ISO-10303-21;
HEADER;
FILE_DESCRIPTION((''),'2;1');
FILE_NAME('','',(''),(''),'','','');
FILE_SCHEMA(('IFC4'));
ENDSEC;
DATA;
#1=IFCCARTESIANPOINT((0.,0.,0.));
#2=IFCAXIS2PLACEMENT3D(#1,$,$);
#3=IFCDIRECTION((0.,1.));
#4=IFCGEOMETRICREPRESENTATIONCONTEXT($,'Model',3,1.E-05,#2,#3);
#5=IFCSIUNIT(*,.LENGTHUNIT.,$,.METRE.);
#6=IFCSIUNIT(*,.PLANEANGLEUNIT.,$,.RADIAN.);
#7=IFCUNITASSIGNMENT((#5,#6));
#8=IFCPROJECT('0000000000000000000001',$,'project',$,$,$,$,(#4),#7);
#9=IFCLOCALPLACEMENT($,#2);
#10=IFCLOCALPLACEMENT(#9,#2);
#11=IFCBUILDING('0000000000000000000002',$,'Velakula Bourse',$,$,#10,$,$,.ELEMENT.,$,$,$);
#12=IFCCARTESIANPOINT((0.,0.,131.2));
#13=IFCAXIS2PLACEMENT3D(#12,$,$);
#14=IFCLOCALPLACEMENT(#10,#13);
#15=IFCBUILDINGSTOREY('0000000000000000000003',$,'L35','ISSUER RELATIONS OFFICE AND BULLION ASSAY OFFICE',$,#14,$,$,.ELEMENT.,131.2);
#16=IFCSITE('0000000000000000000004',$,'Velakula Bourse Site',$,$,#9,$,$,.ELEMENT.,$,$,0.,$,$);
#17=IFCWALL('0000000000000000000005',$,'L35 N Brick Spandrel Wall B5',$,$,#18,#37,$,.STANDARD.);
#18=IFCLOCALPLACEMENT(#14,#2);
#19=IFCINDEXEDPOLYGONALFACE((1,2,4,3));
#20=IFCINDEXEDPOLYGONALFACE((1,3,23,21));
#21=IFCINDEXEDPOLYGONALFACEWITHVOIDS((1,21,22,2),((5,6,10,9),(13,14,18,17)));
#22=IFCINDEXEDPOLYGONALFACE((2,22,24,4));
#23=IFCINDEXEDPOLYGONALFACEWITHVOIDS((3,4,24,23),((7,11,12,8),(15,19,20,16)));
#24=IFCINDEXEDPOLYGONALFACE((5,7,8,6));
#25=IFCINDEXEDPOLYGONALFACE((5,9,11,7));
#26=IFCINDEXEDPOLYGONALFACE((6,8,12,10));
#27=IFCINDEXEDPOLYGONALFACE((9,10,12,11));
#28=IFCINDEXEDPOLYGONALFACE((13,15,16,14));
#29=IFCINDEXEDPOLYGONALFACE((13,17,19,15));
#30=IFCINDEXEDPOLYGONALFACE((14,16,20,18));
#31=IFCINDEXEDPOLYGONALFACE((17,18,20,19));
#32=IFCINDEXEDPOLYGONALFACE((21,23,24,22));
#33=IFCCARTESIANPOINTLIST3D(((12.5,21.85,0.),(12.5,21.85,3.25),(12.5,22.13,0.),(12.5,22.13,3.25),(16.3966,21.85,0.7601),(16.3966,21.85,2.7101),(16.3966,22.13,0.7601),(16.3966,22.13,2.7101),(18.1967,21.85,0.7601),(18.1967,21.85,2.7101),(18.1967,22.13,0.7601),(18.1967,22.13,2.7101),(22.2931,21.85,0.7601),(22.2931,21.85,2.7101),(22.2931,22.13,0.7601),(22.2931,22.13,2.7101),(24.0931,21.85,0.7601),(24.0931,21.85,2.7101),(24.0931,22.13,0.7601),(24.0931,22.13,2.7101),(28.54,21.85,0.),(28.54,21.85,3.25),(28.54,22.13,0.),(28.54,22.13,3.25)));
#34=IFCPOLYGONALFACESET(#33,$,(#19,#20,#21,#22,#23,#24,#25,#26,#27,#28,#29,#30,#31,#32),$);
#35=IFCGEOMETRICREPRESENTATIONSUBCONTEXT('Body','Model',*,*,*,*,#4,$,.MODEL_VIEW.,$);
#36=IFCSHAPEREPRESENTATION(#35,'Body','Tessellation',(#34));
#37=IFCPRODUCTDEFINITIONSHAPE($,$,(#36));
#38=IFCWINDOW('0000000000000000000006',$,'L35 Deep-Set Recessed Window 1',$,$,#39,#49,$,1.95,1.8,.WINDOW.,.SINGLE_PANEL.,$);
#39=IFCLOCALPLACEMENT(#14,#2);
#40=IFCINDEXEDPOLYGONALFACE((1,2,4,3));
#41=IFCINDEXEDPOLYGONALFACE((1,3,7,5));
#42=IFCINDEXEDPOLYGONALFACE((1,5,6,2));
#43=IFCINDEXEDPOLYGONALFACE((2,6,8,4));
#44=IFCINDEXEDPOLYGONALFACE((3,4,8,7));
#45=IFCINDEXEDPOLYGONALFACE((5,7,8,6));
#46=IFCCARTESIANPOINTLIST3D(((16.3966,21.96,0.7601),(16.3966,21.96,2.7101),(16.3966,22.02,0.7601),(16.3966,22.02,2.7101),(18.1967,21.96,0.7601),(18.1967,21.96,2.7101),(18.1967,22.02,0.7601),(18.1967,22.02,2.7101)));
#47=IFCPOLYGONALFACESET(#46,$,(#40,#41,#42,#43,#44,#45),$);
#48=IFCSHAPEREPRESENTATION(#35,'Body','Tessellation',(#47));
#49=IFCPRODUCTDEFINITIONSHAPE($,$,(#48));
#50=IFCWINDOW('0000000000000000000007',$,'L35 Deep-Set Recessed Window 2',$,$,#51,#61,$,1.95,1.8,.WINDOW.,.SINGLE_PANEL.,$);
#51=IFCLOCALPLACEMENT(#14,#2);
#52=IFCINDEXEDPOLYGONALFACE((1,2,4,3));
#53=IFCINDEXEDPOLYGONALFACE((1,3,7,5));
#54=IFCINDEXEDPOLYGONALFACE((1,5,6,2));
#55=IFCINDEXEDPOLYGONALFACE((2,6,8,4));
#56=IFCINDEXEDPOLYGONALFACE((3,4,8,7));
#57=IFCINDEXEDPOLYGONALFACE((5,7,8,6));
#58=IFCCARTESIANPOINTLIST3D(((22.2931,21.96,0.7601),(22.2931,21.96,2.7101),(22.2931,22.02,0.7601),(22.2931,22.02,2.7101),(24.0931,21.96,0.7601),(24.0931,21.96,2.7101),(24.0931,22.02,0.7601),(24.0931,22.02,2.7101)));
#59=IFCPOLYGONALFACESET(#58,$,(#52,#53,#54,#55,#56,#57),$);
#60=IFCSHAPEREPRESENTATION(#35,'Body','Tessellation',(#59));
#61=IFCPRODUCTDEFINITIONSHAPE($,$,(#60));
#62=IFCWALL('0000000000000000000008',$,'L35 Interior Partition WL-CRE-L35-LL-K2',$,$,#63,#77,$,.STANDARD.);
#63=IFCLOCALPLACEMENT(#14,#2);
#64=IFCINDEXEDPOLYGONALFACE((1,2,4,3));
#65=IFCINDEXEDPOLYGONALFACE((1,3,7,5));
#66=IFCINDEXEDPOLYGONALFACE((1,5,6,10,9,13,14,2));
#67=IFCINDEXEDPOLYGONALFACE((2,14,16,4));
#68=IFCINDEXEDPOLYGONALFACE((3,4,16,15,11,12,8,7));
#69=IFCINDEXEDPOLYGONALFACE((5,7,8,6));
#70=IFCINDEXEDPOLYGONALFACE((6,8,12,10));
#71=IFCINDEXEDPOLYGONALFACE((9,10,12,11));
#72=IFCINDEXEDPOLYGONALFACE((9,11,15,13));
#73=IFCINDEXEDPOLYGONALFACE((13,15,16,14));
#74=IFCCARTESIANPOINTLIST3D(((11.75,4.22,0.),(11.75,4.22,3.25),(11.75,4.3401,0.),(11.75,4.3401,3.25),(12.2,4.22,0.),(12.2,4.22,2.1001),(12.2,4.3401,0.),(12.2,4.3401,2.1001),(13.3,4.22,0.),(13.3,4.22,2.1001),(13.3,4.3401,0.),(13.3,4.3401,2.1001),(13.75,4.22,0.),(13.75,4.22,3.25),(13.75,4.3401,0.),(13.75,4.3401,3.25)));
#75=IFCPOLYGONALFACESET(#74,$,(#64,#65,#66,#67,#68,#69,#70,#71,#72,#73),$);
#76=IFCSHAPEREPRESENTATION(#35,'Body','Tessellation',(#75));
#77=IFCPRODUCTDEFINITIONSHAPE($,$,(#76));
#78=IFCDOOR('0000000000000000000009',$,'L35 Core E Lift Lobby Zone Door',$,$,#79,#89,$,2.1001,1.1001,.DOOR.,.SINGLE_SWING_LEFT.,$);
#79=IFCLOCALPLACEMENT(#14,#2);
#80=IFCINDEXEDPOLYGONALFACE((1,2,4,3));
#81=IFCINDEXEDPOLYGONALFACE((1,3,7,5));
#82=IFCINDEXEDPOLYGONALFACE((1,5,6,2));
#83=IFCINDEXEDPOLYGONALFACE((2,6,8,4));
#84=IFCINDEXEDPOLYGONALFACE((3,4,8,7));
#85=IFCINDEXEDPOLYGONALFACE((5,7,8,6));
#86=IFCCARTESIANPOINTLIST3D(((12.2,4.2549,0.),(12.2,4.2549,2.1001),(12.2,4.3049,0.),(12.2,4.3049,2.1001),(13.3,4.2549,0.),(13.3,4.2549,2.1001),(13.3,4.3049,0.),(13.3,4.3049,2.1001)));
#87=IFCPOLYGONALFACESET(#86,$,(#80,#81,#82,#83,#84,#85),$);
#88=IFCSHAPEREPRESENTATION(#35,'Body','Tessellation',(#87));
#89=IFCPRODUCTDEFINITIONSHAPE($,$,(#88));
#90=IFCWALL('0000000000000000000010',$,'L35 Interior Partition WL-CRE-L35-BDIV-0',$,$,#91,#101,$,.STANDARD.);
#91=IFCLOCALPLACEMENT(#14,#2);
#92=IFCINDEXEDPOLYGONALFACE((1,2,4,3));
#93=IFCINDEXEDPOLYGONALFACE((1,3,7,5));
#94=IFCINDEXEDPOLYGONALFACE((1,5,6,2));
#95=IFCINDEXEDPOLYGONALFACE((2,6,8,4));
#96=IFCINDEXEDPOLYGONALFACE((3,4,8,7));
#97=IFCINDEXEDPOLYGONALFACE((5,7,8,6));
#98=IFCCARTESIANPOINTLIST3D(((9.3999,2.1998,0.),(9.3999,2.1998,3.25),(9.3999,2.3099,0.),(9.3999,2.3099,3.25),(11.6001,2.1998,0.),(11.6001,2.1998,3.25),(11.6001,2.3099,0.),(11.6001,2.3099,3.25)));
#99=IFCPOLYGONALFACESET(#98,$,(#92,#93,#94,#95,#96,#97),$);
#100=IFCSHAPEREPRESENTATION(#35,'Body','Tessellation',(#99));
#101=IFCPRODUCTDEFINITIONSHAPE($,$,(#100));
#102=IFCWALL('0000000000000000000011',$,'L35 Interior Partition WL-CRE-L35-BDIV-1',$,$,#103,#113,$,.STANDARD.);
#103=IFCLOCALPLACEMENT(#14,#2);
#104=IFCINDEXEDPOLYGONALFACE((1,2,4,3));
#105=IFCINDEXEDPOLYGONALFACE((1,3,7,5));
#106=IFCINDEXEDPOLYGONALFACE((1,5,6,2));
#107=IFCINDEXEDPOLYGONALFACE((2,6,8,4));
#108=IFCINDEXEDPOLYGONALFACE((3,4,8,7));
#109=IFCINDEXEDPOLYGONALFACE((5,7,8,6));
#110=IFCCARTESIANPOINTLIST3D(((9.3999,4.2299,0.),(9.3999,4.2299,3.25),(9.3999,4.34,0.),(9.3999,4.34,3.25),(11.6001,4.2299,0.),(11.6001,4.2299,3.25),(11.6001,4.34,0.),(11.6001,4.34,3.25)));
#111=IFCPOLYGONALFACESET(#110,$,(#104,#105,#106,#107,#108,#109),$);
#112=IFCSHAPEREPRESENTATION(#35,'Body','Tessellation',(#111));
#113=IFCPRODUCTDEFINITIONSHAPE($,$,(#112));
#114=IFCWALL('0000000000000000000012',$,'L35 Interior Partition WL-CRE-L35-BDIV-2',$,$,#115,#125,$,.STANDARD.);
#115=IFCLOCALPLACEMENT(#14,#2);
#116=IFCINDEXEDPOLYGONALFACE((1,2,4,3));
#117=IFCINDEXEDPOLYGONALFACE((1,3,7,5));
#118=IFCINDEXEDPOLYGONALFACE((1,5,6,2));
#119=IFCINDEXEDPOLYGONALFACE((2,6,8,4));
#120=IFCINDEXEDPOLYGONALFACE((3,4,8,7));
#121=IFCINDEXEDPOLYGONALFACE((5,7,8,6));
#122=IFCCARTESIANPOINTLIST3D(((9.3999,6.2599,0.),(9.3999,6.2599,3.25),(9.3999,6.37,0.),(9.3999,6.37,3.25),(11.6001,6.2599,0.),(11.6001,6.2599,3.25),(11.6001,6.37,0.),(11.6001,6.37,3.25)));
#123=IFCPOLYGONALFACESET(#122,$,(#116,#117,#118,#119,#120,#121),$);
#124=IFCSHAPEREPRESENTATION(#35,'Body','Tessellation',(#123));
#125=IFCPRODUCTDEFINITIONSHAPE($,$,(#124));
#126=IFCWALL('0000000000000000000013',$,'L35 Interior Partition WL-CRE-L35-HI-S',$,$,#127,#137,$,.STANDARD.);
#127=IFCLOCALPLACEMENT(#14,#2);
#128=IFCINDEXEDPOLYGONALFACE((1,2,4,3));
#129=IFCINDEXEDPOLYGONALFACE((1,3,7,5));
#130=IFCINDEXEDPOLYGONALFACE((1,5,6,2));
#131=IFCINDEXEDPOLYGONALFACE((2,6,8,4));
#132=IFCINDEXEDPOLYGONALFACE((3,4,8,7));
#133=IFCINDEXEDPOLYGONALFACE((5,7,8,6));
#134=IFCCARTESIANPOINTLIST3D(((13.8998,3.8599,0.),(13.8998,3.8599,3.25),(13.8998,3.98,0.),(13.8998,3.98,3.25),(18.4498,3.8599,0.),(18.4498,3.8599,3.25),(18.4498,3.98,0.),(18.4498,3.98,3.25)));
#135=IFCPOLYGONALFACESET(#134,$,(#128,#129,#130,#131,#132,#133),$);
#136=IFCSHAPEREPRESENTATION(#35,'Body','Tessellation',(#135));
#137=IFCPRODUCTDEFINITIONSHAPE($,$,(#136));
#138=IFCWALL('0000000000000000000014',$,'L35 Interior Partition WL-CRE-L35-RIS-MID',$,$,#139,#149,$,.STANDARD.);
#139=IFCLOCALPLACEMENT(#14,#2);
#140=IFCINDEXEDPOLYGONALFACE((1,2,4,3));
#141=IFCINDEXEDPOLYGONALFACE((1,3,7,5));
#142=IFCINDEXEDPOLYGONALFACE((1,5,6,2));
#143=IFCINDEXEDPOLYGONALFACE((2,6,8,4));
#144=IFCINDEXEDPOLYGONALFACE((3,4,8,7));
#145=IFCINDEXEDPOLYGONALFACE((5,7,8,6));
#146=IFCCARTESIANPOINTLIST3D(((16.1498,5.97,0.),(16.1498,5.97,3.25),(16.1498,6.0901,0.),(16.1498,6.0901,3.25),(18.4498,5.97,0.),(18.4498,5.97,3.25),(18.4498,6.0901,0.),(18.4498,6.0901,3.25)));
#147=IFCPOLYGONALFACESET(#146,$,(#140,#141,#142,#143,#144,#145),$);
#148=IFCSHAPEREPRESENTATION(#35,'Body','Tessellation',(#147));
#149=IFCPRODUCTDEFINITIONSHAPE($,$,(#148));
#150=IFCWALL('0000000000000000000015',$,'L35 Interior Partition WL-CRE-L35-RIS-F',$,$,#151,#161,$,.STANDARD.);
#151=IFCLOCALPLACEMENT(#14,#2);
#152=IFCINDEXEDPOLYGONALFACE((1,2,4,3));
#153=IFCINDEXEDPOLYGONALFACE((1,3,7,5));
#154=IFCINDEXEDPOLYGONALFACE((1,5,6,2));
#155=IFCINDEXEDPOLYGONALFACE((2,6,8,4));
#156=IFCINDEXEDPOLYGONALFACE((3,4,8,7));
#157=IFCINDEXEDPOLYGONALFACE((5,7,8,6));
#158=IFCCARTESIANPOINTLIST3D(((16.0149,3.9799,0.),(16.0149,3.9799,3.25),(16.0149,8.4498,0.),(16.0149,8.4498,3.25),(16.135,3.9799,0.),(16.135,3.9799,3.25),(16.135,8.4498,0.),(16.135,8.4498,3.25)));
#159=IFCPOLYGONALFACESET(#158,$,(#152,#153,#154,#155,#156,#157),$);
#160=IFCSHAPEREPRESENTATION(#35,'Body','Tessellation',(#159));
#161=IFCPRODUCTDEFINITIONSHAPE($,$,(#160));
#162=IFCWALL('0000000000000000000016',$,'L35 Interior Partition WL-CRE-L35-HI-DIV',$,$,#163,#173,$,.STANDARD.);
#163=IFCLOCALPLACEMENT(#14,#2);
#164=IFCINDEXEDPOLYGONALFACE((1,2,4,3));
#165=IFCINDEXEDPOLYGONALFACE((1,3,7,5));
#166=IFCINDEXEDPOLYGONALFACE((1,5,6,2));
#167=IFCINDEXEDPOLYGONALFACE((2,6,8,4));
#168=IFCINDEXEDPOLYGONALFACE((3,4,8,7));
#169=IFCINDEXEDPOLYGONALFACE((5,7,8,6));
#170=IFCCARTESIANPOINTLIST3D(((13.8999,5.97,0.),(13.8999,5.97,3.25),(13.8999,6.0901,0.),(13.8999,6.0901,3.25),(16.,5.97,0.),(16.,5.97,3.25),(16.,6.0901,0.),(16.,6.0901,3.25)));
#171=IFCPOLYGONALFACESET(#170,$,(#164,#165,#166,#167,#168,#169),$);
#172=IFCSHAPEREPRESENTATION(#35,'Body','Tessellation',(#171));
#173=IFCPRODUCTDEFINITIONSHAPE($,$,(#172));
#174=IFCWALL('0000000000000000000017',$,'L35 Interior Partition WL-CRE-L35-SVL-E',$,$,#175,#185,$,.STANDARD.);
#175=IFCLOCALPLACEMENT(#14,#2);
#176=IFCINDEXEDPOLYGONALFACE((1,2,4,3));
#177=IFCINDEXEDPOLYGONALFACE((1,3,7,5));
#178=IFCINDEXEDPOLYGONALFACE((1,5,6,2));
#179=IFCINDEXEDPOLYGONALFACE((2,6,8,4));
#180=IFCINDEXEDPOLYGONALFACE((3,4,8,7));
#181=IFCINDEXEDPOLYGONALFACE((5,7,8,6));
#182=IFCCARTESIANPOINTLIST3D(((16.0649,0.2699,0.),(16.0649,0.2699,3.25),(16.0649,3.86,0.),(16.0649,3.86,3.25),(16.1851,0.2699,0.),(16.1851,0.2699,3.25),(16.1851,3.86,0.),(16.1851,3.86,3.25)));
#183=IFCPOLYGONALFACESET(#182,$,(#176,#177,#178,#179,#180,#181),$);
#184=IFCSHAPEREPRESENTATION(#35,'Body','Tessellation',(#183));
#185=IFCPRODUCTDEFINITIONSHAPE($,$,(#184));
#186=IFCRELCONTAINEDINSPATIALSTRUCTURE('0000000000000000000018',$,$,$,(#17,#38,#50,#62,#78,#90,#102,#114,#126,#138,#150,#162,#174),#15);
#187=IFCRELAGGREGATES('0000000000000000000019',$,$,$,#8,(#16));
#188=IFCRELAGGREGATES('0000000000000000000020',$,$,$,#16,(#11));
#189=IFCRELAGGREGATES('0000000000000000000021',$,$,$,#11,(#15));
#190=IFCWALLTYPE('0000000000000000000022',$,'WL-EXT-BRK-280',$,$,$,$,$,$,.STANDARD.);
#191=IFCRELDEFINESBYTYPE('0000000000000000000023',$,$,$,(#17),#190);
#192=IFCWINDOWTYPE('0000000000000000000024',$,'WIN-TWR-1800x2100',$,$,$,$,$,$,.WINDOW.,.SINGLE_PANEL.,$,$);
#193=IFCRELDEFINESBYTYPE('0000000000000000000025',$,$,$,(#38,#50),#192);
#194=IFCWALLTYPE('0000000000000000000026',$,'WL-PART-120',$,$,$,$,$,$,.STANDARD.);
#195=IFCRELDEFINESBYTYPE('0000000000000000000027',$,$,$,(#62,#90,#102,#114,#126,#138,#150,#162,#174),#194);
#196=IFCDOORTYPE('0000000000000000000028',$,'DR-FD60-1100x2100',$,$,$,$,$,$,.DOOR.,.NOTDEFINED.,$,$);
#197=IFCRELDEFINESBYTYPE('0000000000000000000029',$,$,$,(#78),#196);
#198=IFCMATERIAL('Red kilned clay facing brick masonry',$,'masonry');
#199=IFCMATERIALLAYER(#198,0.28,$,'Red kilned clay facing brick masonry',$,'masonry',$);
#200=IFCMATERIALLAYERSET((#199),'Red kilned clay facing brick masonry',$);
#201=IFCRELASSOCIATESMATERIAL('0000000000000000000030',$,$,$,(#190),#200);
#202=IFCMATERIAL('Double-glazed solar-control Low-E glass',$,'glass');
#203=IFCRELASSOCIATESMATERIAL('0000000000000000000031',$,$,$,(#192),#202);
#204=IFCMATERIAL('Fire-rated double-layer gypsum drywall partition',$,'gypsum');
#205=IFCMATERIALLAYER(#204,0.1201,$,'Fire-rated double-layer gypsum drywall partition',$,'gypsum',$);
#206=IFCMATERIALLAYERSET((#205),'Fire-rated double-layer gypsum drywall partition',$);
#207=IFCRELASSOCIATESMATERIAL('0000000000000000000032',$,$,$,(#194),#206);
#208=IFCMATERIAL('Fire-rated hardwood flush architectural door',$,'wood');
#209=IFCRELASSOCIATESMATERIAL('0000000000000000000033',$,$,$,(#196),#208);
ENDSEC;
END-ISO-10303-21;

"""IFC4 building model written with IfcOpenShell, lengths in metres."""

from ifc_helpers import new_model, si_unit, direction, frame, frame_2d, origin, place, context, subcontext, project, spatial, rectangle, extrude, material, layer, layer_set, type_object, element, fill, save


model = new_model("IFC4")

# Units and contexts
model_context = context("Model", 3, precision=1e-05, world=origin(), true_north=direction((0.0, 1.0)))
body_context = subcontext(model_context, "Body", "Model", "MODEL_VIEW")
ifc_project = project(units=[si_unit("LENGTHUNIT", "METRE"), si_unit("PLANEANGLEUNIT", "RADIAN")], contexts=[model_context])

# Site, building, storey
site_placement = place(None, origin())
site = spatial("IfcSite", under=ifc_project, at=site_placement, Name="Velakula Bourse Site", CompositionType="ELEMENT", RefElevation=0.0)
building_placement = place(site_placement, origin())
building = spatial("IfcBuilding", under=site, at=building_placement, Name="Velakula Bourse", CompositionType="ELEMENT")
storey_placement = place(building_placement, frame((0.0, 0.0, 131.2)))
storey = spatial("IfcBuildingStorey", under=building, at=storey_placement, Name="L35", Description="ISSUER RELATIONS OFFICE AND BULLION ASSAY OFFICE", CompositionType="ELEMENT", Elevation=131.2)

# Wall, openings, windows
ifc_material_1 = material(Name="Red kilned clay facing brick masonry", Category="masonry")
ifc_layer_1 = layer(ifc_material_1, 0.28, Name="Red kilned clay facing brick masonry", Category="masonry")
ifc_layer_set_1 = layer_set([ifc_layer_1], Name="Red kilned clay facing brick masonry")
wall_type_1 = type_object("IfcWallType", Name="WL-EXT-BRK-280", PredefinedType="STANDARD", material=ifc_layer_set_1)
wall_1_placement = place(storey_placement, frame((12.5, 21.99, 0.0), z_axis=(0.0, 0.0, 1.0), x_axis=(1.0, 0.0, 0.0)))
wall_1 = element("IfcWall", 1, at=wall_1_placement, inside=storey, type_object=wall_type_1, Name="L35 N Brick Spandrel Wall B5", PredefinedType="STANDARD", context=body_context, shape_type="SweptSolid", body=[
    extrude(rectangle(XDim=16.04, YDim=0.28, at=frame_2d((8.02, 0.0))), origin(), (0.0, 0.0, 1.0), 3.25),
])
opening_1_placement = place(wall_1_placement, frame((3.8967, 0.0, 0.76)))
opening_1 = element("IfcOpeningElement", 2, at=opening_1_placement, cuts=wall_1, PredefinedType="OPENING", context=body_context, shape_type="SweptSolid", body=[
    extrude(rectangle(XDim=1.8, YDim=1.95, at=frame_2d((0.8999, 0.9751))), frame((0.0, 0.1499, 0.0), z_axis=(0.0, -1.0, 0.0), x_axis=(1.0, 0.0, 0.0)), (0.0, 0.0, 1.0), 0.3),
])
opening_2_placement = place(wall_1_placement, frame((9.7932, 0.0, 0.76)))
opening_2 = element("IfcOpeningElement", 3, at=opening_2_placement, cuts=wall_1, PredefinedType="OPENING", context=body_context, shape_type="SweptSolid", body=[
    extrude(rectangle(XDim=1.8, YDim=1.95, at=frame_2d((0.8999, 0.9751))), frame((0.0, 0.1499, 0.0), z_axis=(0.0, -1.0, 0.0), x_axis=(1.0, 0.0, 0.0)), (0.0, 0.0, 1.0), 0.3),
])
ifc_material_2 = material(Name="Double-glazed solar-control Low-E glass", Category="glass")
window_type = type_object("IfcWindowType", Name="WIN-TWR-1800x2100", PartitioningType="SINGLE_PANEL", PredefinedType="WINDOW", material=ifc_material_2)
window_1_placement = place(opening_1_placement, origin())
window_1 = element("IfcWindow", 4, at=window_1_placement, inside=storey, type_object=window_type, Name="L35 Deep-Set Recessed Window 1", OverallHeight=1.95, OverallWidth=1.8, PartitioningType="SINGLE_PANEL", PredefinedType="WINDOW", context=body_context, shape_type="SweptSolid", body=[
    extrude(rectangle(XDim=1.8, YDim=1.95, at=frame_2d((0.8999, 0.9751))), frame((0.0, 0.03, 0.0), z_axis=(0.0, -1.0, 0.0), x_axis=(1.0, 0.0, 0.0)), (0.0, 0.0, 1.0), 0.0601),
])
fill(opening_1, window_1)
window_2_placement = place(opening_2_placement, origin())
window_2 = element("IfcWindow", 5, at=window_2_placement, inside=storey, type_object=window_type, Name="L35 Deep-Set Recessed Window 2", OverallHeight=1.95, OverallWidth=1.8, PartitioningType="SINGLE_PANEL", PredefinedType="WINDOW", context=body_context, shape_type="SweptSolid", body=[
    extrude(rectangle(XDim=1.8, YDim=1.95, at=frame_2d((0.8999, 0.9751))), frame((0.0, 0.03, 0.0), z_axis=(0.0, -1.0, 0.0), x_axis=(1.0, 0.0, 0.0)), (0.0, 0.0, 1.0), 0.0601),
])
fill(opening_2, window_2)

# Wall, opening, door
ifc_material_3 = material(Name="Fire-rated double-layer gypsum drywall partition", Category="gypsum")
ifc_layer_2 = layer(ifc_material_3, 0.1201, Name="Fire-rated double-layer gypsum drywall partition", Category="gypsum")
ifc_layer_set_2 = layer_set([ifc_layer_2], Name="Fire-rated double-layer gypsum drywall partition")
wall_type_2 = type_object("IfcWallType", Name="WL-PART-120", PredefinedType="STANDARD", material=ifc_layer_set_2)
wall_2_placement = place(storey_placement, frame((11.75, 4.28, 0.0), z_axis=(0.0, 0.0, 1.0), x_axis=(1.0, 0.0, 0.0)))
wall_2 = element("IfcWall", 6, at=wall_2_placement, inside=storey, type_object=wall_type_2, Name="L35 Interior Partition WL-CRE-L35-LL-K2", PredefinedType="STANDARD", context=body_context, shape_type="SweptSolid", body=[
    extrude(rectangle(XDim=2.0, YDim=0.1201, at=frame_2d((1.0, 0.0))), origin(), (0.0, 0.0, 1.0), 3.25),
])
opening_3_placement = place(wall_2_placement, frame((0.45, 0.0, 0.0)))
opening_3 = element("IfcOpeningElement", 7, at=opening_3_placement, cuts=wall_2, PredefinedType="OPENING", context=body_context, shape_type="SweptSolid", body=[
    extrude(rectangle(XDim=1.1001, YDim=2.1001, at=frame_2d((0.55, 1.05))), frame((0.0, 0.0701, 0.0), z_axis=(0.0, -1.0, 0.0), x_axis=(1.0, 0.0, 0.0)), (0.0, 0.0, 1.0), 0.1401),
])
ifc_material_4 = material(Name="Fire-rated hardwood flush architectural door", Category="wood")
door_type_1 = type_object("IfcDoorType", Name="DR-FD60-1100x2100", OperationType="NOTDEFINED", PredefinedType="DOOR", material=ifc_material_4)
door_1_placement = place(opening_3_placement, origin())
door_1 = element("IfcDoor", 8, at=door_1_placement, inside=storey, type_object=door_type_1, Name="L35 Core E Lift Lobby Zone Door", OperationType="SINGLE_SWING_LEFT", OverallHeight=2.1001, OverallWidth=1.1001, PredefinedType="DOOR", context=body_context, shape_type="SweptSolid", body=[
    extrude(rectangle(XDim=1.1001, YDim=2.1001, at=frame_2d((0.55, 1.05))), frame((0.0, 0.0249, 0.0), z_axis=(0.0, -1.0, 0.0), x_axis=(1.0, 0.0, 0.0)), (0.0, 0.0, 1.0), 0.05),
])
fill(opening_3, door_1)

# Walls
for number, where, z_axis, x_axis, name in (
    (9, (9.3999, 2.2549, 0.0), (0.0, 0.0, 1.0), (1.0, 0.0, 0.0), "L35 Interior Partition WL-CRE-L35-BDIV-0"),
    (10, (9.3999, 4.2849, 0.0), (0.0, 0.0, 1.0), (1.0, 0.0, 0.0), "L35 Interior Partition WL-CRE-L35-BDIV-1"),
    (11, (9.3999, 6.3149, 0.0), (0.0, 0.0, 1.0), (1.0, 0.0, 0.0), "L35 Interior Partition WL-CRE-L35-BDIV-2"),
):
    element("IfcWall", number, at=place(storey_placement, frame(where, z_axis=z_axis, x_axis=x_axis)), inside=storey, type_object=wall_type_2, Name=name, PredefinedType="STANDARD", context=body_context, shape_type="SweptSolid", body=[
        extrude(rectangle(XDim=2.2002, YDim=0.1101, at=frame_2d((1.1001, 0.0))), origin(), (0.0, 0.0, 1.0), 3.25),
    ])
wall_3_placement = place(storey_placement, frame((13.8999, 3.9199, 0.0), z_axis=(0.0, 0.0, 1.0), x_axis=(1.0, 0.0, 0.0)))
element("IfcWall", 12, at=wall_3_placement, inside=storey, type_object=wall_type_2, Name="L35 Interior Partition WL-CRE-L35-HI-S", PredefinedType="STANDARD", context=body_context, shape_type="SweptSolid", body=[
    extrude(rectangle(XDim=4.55, YDim=0.1201, at=frame_2d((2.2749, 0.0))), origin(), (0.0, 0.0, 1.0), 3.25),
])
wall_4_placement = place(storey_placement, frame((16.1499, 6.03, 0.0), z_axis=(0.0, 0.0, 1.0), x_axis=(1.0, 0.0, 0.0)))
element("IfcWall", 13, at=wall_4_placement, inside=storey, type_object=wall_type_2, Name="L35 Interior Partition WL-CRE-L35-RIS-MID", PredefinedType="STANDARD", context=body_context, shape_type="SweptSolid", body=[
    extrude(rectangle(XDim=2.3, YDim=0.1201, at=frame_2d((1.1499, 0.0))), origin(), (0.0, 0.0, 1.0), 3.25),
])
wall_5_placement = place(storey_placement, frame((16.075, 3.98, 0.0), z_axis=(0.0, 0.0, 1.0), x_axis=(0.0, 1.0, 0.0)))
element("IfcWall", 14, at=wall_5_placement, inside=storey, type_object=wall_type_2, Name="L35 Interior Partition WL-CRE-L35-RIS-F", PredefinedType="STANDARD", context=body_context, shape_type="SweptSolid", body=[
    extrude(rectangle(XDim=4.47, YDim=0.1201, at=frame_2d((2.2349, 0.0))), origin(), (0.0, 0.0, 1.0), 3.25),
])
wall_6_placement = place(storey_placement, frame((13.8999, 6.03, 0.0), z_axis=(0.0, 0.0, 1.0), x_axis=(1.0, 0.0, 0.0)))
element("IfcWall", 15, at=wall_6_placement, inside=storey, type_object=wall_type_2, Name="L35 Interior Partition WL-CRE-L35-HI-DIV", PredefinedType="STANDARD", context=body_context, shape_type="SweptSolid", body=[
    extrude(rectangle(XDim=2.1001, YDim=0.1201, at=frame_2d((1.05, 0.0))), origin(), (0.0, 0.0, 1.0), 3.25),
])
wall_7_placement = place(storey_placement, frame((16.125, 0.27, 0.0), z_axis=(0.0, 0.0, 1.0), x_axis=(0.0, 1.0, 0.0)))
element("IfcWall", 16, at=wall_7_placement, inside=storey, type_object=wall_type_2, Name="L35 Interior Partition WL-CRE-L35-SVL-E", PredefinedType="STANDARD", context=body_context, shape_type="SweptSolid", body=[
    extrude(rectangle(XDim=3.5901, YDim=0.1201, at=frame_2d((1.7949, 0.0))), origin(), (0.0, 0.0, 1.0), 3.25),
])

save(model, "model.ifc")
